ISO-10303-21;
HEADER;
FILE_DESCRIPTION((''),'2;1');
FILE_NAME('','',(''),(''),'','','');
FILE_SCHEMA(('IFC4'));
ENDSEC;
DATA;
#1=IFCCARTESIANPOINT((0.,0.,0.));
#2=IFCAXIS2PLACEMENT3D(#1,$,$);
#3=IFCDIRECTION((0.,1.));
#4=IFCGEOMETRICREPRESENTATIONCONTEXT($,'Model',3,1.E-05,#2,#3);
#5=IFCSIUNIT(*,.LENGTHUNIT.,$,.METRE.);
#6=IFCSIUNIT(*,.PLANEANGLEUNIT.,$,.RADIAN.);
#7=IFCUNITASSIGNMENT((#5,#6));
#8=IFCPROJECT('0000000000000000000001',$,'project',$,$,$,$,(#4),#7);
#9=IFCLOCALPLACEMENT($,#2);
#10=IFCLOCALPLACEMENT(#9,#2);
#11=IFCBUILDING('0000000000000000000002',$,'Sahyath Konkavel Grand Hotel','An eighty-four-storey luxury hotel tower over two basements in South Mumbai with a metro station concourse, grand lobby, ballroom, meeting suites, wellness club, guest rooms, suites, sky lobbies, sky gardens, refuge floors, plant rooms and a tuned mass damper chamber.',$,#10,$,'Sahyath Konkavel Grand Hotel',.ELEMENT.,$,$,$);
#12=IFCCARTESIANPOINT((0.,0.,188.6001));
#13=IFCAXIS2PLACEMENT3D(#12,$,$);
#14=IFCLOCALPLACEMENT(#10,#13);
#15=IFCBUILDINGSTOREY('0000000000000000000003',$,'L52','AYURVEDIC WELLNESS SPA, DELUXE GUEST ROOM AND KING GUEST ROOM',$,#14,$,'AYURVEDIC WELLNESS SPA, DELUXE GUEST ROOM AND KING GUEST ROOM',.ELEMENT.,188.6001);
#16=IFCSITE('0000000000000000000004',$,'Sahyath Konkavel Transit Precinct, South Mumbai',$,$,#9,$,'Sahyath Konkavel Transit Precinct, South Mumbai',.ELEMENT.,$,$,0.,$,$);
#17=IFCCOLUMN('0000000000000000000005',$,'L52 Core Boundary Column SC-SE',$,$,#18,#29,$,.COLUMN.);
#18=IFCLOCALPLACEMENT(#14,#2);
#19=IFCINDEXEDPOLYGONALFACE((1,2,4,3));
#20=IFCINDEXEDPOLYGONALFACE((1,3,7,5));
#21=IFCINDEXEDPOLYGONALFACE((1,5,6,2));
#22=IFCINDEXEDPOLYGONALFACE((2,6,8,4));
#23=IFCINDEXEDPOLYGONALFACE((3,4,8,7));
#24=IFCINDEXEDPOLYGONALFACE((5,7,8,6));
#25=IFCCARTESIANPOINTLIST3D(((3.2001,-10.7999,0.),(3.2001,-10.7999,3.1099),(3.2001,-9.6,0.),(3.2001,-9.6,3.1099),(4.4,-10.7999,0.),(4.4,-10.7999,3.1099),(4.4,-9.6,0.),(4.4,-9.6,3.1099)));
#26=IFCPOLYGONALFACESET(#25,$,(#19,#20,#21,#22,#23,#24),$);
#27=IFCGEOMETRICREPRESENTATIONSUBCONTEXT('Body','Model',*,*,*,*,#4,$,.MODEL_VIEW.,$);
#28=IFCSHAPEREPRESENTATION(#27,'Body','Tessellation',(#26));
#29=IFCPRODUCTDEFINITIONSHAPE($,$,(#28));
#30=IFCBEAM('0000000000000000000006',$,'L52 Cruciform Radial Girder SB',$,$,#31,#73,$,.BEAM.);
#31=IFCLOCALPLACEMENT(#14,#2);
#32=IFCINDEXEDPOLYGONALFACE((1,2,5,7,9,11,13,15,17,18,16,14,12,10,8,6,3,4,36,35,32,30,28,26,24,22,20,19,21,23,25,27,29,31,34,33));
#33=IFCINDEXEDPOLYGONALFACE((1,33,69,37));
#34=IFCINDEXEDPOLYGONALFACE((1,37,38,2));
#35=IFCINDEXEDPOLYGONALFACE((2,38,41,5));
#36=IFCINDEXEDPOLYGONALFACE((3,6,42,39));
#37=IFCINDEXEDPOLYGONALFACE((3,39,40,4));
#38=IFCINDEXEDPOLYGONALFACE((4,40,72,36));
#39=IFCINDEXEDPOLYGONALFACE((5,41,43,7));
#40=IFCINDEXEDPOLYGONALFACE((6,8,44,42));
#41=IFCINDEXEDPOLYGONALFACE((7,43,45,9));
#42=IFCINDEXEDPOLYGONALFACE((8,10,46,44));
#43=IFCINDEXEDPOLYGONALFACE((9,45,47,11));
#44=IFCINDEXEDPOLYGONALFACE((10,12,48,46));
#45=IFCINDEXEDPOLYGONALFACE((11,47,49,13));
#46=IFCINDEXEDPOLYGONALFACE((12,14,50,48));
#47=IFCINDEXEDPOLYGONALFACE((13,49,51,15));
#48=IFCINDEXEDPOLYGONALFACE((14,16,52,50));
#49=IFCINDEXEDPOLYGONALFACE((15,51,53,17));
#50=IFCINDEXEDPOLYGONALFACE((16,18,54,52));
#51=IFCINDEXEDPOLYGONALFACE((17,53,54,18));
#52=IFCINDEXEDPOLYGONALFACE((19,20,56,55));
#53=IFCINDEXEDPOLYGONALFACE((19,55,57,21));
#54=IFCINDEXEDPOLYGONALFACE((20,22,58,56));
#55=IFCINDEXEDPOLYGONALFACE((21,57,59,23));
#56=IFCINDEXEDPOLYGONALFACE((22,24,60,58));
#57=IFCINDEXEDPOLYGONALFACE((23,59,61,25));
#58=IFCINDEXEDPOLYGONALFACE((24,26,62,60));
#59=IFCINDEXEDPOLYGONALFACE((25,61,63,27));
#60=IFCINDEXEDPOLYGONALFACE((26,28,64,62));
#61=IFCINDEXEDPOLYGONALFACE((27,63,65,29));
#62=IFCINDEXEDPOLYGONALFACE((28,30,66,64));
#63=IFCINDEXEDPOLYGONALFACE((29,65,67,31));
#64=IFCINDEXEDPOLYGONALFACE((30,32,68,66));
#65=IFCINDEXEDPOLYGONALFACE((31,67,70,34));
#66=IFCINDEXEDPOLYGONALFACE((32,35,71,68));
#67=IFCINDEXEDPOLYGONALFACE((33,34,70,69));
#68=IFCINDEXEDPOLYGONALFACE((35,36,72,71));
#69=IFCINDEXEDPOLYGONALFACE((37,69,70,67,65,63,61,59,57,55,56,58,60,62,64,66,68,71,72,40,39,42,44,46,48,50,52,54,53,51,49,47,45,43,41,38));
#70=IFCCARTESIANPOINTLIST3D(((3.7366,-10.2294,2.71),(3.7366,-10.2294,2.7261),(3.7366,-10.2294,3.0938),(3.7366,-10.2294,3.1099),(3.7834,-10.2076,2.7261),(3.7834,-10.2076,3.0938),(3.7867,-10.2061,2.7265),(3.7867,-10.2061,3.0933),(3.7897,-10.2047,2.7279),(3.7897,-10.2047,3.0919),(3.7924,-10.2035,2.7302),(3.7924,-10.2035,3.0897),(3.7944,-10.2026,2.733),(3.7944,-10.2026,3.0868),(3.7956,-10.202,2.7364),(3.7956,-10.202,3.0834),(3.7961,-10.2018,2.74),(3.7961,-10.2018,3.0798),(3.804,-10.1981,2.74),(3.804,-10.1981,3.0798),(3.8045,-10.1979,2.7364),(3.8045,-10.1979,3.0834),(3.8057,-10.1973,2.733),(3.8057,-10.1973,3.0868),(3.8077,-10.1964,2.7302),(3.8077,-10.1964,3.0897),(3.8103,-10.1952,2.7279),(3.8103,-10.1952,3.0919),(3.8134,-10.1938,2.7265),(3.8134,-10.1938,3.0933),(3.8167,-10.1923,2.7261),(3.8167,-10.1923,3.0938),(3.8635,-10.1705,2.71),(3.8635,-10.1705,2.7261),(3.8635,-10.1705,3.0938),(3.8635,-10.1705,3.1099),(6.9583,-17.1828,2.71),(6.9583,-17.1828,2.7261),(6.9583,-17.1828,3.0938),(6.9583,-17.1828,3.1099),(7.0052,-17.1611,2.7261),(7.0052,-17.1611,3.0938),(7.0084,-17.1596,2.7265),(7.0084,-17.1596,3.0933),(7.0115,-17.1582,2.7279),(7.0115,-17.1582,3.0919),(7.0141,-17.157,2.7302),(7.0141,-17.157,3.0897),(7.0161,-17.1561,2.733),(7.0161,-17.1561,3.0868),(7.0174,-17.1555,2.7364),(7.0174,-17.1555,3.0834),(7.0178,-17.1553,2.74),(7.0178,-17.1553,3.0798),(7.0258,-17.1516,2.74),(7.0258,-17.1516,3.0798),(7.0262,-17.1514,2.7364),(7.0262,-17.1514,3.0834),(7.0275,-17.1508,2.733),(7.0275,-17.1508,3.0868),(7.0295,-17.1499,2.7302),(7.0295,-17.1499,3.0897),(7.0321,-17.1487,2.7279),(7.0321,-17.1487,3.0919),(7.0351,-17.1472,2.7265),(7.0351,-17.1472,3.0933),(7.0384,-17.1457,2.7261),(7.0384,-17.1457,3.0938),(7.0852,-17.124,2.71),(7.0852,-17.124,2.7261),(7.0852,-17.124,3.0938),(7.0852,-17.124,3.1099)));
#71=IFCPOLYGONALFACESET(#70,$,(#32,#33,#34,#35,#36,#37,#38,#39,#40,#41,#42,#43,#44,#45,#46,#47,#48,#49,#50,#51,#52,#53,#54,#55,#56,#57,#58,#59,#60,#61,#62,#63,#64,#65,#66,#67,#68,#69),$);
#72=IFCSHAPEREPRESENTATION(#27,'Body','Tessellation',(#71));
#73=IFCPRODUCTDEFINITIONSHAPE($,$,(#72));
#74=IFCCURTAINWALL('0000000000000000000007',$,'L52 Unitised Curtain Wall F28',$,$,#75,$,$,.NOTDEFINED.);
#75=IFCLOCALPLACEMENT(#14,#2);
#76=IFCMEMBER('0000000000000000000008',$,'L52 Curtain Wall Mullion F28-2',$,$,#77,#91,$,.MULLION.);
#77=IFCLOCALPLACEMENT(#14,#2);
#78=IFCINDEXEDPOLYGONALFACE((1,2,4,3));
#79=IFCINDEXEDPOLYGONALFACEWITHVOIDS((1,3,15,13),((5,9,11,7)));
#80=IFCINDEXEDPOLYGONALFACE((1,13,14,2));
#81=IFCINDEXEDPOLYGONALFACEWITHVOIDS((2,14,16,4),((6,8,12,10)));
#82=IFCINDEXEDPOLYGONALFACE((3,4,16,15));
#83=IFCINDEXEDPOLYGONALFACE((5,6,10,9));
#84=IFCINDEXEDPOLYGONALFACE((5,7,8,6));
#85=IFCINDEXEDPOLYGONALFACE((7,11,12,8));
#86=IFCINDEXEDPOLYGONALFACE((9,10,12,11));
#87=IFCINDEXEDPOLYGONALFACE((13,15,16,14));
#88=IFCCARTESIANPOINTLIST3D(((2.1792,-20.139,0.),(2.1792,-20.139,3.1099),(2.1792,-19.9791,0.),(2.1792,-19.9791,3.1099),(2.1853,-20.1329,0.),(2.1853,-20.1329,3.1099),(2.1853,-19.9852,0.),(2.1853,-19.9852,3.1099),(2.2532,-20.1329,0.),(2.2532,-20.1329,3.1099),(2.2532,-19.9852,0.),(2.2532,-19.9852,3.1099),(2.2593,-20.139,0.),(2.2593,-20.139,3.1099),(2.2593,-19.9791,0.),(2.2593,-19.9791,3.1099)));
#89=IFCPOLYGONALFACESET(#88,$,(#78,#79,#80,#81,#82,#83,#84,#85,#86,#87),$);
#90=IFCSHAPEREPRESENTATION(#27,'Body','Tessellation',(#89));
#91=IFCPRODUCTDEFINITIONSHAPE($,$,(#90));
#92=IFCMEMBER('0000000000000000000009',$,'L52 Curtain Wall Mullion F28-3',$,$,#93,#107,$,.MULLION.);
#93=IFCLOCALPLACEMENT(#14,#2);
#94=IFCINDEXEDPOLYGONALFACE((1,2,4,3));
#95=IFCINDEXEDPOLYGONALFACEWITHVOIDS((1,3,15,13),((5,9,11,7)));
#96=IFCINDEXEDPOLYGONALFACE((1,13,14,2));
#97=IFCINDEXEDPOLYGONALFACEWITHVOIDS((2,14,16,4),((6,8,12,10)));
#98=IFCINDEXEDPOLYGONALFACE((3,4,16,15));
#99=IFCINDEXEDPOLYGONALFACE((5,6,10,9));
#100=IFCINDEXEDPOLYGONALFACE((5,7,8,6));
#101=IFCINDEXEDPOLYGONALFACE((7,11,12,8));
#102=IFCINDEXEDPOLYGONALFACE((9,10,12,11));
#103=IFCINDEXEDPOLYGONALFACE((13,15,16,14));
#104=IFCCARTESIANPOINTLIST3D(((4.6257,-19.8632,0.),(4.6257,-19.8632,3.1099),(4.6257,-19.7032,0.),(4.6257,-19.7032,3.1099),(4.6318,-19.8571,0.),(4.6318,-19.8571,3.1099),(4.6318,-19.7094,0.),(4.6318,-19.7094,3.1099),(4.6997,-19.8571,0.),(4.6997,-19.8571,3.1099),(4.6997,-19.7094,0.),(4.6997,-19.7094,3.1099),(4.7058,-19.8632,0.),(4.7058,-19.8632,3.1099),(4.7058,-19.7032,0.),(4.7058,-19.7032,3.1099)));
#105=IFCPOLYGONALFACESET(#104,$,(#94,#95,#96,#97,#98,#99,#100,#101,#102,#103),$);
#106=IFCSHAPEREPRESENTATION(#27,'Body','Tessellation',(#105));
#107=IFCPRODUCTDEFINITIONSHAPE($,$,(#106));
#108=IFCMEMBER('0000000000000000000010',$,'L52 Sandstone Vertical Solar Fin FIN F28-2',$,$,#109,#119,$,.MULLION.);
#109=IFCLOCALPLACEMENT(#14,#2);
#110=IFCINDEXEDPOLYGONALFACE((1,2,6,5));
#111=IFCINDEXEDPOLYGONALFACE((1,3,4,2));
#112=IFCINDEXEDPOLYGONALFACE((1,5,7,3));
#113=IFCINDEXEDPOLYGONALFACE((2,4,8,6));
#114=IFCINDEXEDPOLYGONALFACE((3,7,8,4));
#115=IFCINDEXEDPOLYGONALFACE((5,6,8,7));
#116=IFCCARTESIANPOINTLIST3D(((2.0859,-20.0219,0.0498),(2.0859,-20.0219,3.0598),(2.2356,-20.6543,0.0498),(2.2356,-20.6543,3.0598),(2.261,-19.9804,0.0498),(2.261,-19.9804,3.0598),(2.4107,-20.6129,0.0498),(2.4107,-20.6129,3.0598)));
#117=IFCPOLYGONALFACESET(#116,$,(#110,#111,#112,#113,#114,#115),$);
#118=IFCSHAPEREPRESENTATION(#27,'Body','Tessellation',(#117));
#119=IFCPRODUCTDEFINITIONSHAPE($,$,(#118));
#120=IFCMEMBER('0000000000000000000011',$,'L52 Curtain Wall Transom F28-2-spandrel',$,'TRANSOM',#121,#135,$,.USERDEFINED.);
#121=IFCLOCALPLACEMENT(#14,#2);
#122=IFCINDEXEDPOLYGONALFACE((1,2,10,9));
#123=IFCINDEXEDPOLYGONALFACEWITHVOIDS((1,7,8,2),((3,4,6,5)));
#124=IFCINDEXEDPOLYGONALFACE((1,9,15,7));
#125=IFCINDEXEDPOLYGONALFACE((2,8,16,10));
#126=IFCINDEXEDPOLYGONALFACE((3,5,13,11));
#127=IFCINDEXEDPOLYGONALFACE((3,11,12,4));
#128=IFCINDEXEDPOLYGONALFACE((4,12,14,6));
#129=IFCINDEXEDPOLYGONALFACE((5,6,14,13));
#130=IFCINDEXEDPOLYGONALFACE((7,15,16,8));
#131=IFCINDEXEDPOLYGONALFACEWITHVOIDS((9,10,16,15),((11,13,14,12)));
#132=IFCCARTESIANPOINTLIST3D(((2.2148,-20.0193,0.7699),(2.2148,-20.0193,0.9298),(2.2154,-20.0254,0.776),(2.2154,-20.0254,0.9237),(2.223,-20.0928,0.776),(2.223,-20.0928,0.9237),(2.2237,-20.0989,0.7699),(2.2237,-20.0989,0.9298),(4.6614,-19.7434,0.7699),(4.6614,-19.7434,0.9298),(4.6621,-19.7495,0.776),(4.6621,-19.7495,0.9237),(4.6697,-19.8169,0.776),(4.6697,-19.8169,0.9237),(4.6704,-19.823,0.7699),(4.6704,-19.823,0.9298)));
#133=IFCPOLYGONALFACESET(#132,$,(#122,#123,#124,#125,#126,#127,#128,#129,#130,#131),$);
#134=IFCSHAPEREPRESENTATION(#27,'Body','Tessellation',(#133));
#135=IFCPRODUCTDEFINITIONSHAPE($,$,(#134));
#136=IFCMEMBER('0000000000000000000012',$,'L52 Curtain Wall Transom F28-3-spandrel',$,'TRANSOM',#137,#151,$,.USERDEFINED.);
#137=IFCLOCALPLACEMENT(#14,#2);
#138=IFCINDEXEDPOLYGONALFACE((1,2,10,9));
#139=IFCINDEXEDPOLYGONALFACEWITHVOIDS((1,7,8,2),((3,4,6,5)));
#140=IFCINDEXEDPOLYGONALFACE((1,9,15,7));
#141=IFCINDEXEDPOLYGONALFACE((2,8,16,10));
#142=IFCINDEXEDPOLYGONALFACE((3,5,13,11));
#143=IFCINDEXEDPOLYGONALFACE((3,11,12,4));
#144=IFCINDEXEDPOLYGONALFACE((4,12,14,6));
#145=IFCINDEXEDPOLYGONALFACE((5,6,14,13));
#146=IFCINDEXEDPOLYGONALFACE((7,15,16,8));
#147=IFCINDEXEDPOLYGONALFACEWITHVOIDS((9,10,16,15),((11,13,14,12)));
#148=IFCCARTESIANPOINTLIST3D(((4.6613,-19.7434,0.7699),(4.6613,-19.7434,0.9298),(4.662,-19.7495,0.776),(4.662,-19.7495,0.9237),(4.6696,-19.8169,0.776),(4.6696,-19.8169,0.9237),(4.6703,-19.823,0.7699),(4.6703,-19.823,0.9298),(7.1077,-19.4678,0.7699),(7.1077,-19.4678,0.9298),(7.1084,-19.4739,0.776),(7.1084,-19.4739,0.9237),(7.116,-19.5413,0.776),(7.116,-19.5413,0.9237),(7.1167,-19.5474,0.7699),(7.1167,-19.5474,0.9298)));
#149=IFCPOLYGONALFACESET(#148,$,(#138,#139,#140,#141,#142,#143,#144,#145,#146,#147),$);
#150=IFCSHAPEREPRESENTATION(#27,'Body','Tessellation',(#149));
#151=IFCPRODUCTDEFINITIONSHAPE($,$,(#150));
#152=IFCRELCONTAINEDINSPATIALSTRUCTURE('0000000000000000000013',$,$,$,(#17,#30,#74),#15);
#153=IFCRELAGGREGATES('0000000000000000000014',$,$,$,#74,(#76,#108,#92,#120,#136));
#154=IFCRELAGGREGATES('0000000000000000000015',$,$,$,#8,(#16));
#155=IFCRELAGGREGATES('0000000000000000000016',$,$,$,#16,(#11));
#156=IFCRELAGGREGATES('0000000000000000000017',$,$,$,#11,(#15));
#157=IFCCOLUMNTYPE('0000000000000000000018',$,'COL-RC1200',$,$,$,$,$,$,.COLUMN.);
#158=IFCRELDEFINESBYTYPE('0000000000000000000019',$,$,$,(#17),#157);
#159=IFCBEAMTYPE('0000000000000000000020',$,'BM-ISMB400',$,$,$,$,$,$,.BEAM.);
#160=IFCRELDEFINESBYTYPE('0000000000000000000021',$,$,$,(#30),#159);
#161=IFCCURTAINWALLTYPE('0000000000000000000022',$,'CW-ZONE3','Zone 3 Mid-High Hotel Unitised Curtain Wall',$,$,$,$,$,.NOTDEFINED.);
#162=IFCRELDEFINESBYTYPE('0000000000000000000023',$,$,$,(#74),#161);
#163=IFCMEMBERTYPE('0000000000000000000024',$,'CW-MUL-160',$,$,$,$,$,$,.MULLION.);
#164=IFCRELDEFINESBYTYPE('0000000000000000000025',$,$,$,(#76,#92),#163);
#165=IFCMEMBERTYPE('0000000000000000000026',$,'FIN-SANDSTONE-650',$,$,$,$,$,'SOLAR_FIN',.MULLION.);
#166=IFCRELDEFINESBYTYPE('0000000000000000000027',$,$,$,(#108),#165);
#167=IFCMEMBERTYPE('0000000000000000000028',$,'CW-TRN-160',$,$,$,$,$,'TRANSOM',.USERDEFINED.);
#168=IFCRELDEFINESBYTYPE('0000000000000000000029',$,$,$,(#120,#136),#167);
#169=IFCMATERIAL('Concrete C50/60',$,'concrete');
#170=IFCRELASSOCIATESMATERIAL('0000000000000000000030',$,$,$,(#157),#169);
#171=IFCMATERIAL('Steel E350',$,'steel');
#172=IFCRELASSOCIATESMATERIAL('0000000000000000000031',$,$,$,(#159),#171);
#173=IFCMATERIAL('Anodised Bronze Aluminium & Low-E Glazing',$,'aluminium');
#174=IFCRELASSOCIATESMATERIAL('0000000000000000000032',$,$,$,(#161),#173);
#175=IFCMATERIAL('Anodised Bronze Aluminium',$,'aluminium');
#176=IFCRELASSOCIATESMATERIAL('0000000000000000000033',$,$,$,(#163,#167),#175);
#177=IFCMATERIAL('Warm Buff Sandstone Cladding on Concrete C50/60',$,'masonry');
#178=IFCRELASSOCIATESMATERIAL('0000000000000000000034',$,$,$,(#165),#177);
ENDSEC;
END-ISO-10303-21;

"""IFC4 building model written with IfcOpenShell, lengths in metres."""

from ifc_helpers import new_model, si_unit, direction, frame, origin, origin_2d, place, context, subcontext, project, spatial, rectangle, hollow_rectangle, i_section, extrude, source, transform, mapped, material, material_profile, profile_set, type_object, element, aggregate, save


model = new_model("IFC4")

# Units and contexts
model_context = context("Model", 3, precision=1e-05, world=origin(), true_north=direction((0.0, 1.0)))
body_context = subcontext(model_context, "Body", "Model", "MODEL_VIEW")
ifc_project = project(units=[si_unit("LENGTHUNIT", "METRE"), si_unit("PLANEANGLEUNIT", "RADIAN")], contexts=[model_context])

# Site, building, storey
site_placement = place(None, origin())
site = spatial("IfcSite", under=ifc_project, at=site_placement, Name="Sahyath Konkavel Transit Precinct, South Mumbai", LongName="Sahyath Konkavel Transit Precinct, South Mumbai", CompositionType="ELEMENT", RefElevation=0.0)
building_placement = place(site_placement, origin())
building = spatial("IfcBuilding", under=site, at=building_placement, Name="Sahyath Konkavel Grand Hotel", Description="An eighty-four-storey luxury hotel tower over two basements in South Mumbai with a metro station concourse, grand lobby, ballroom, meeting suites, wellness club, guest rooms, suites, sky lobbies, sky gardens, refuge floors, plant rooms and a tuned mass damper chamber.", LongName="Sahyath Konkavel Grand Hotel", CompositionType="ELEMENT")
storey_placement = place(building_placement, frame((0.0, 0.0, 188.6001)))
storey = spatial("IfcBuildingStorey", under=building, at=storey_placement, Name="L52", Description="AYURVEDIC WELLNESS SPA, DELUXE GUEST ROOM AND KING GUEST ROOM", LongName="AYURVEDIC WELLNESS SPA, DELUXE GUEST ROOM AND KING GUEST ROOM", CompositionType="ELEMENT", Elevation=188.6001)

# Column
ifc_material_1 = material(Name="Concrete C50/60", Category="concrete")
ifc_material_profile_1 = material_profile(ifc_material_1, rectangle(XDim=1.2, YDim=1.2, at=origin_2d()), Name="RC 1200x1200")
ifc_profile_set_1 = profile_set([ifc_material_profile_1], Name="Concrete C50/60")
column_type = type_object("IfcColumnType", Name="COL-RC1200", PredefinedType="COLUMN", material=ifc_profile_set_1)
shared_shape_1 = source(origin(), body_context, "Body", "SweptSolid", [
    extrude(rectangle(XDim=1.2, YDim=1.2, at=origin_2d()), origin(), (0.0, 0.0, 1.0), 3.1099),
])
column_placement = place(storey_placement, frame((3.8, -10.2, 0.0), z_axis=(0.0, 0.0, 1.0), x_axis=(1.0, 0.0, 0.0)))
element("IfcColumn", 1, at=column_placement, inside=storey, type_object=column_type, Name="L52 Core Boundary Column SC-SE", PredefinedType="COLUMN", context=body_context, shape_type="MappedRepresentation", body=[
    mapped(shared_shape_1, transform((0.0, 0.0, 0.0), scale=1.0)),
])

# Beam
ifc_material_2 = material(Name="Steel E350", Category="steel")
ifc_material_profile_2 = material_profile(ifc_material_2, i_section(OverallWidth=0.1399, OverallDepth=0.3999, WebThickness=0.0088, FlangeThickness=0.0161, FilletRadius=0.0139, at=origin_2d()), Name="ISMB 400")
ifc_profile_set_2 = profile_set([ifc_material_profile_2], Name="Steel E350")
beam_type_1 = type_object("IfcBeamType", Name="BM-ISMB400", PredefinedType="BEAM", material=ifc_profile_set_2)
shared_shape_2 = source(origin(), body_context, "Body", "SweptSolid", [
    extrude(i_section(OverallWidth=0.1399, OverallDepth=0.3999, WebThickness=0.0088, FlangeThickness=0.0161, FilletRadius=0.0139, at=origin_2d()), origin(), (0.0, 0.0, 1.0), 7.6636),
])
beam_1_placement = place(storey_placement, frame((3.8, -10.2, 2.9099), z_axis=(0.420395, -0.907341, 0.0), x_axis=(0.907341, 0.420395, 0.0)))
element("IfcBeam", 2, at=beam_1_placement, inside=storey, type_object=beam_type_1, Name="L52 Cruciform Radial Girder SB", PredefinedType="BEAM", context=body_context, shape_type="MappedRepresentation", body=[
    mapped(shared_shape_2, transform((0.0, 0.0, 0.0), scale=1.0)),
])

# Curtain wall, members
ifc_material_3 = material(Name="Anodised Bronze Aluminium & Low-E Glazing", Category="aluminium")
curtain_wall_type = type_object("IfcCurtainWallType", Name="CW-ZONE3", Description="Zone 3 Mid-High Hotel Unitised Curtain Wall", PredefinedType="NOTDEFINED", material=ifc_material_3)
curtain_wall_placement = place(storey_placement, origin())
curtain_wall = element("IfcCurtainWall", 3, at=curtain_wall_placement, inside=storey, type_object=curtain_wall_type, Name="L52 Unitised Curtain Wall F28", PredefinedType="NOTDEFINED")
ifc_material_4 = material(Name="Anodised Bronze Aluminium", Category="aluminium")
ifc_material_profile_3 = material_profile(ifc_material_4, hollow_rectangle(XDim=0.0801, YDim=0.1599, WallThickness=0.0061, at=origin_2d()), Name="RHS 160x80x6")
ifc_profile_set_3 = profile_set([ifc_material_profile_3], Name="Anodised Bronze Aluminium")
member_type_1 = type_object("IfcMemberType", Name="CW-MUL-160", PredefinedType="MULLION", material=ifc_profile_set_3)
shared_shape_3 = source(origin(), body_context, "Body", "SweptSolid", [
    extrude(hollow_rectangle(XDim=0.0801, YDim=0.1599, WallThickness=0.0061, at=origin_2d()), origin(), (0.0, 0.0, 1.0), 3.1099),
])
member_1_placement = place(storey_placement, frame((2.2192, -20.0591, 0.0), z_axis=(0.0, 0.0, 1.0), x_axis=(1.0, 0.0, 0.0)))
member_1 = element("IfcMember", 4, at=member_1_placement, type_object=member_type_1, Name="L52 Curtain Wall Mullion F28-2", PredefinedType="MULLION", context=body_context, shape_type="MappedRepresentation", body=[
    mapped(shared_shape_3, transform((0.0, 0.0, 0.0), scale=1.0)),
])
member_2_placement = place(storey_placement, frame((4.6658, -19.7832, 0.0), z_axis=(0.0, 0.0, 1.0), x_axis=(1.0, 0.0, 0.0)))
member_2 = element("IfcMember", 5, at=member_2_placement, type_object=member_type_1, Name="L52 Curtain Wall Mullion F28-3", PredefinedType="MULLION", context=body_context, shape_type="MappedRepresentation", body=[
    mapped(shared_shape_3, transform((0.0, 0.0, 0.0), scale=1.0)),
])
ifc_material_5 = material(Name="Warm Buff Sandstone Cladding on Concrete C50/60", Category="masonry")
ifc_material_profile_4 = material_profile(ifc_material_5, rectangle(XDim=0.1799, YDim=0.6499, at=origin_2d()), Name="FIN 180x650")
ifc_profile_set_4 = profile_set([ifc_material_profile_4], Name="Warm Buff Sandstone Cladding on Concrete C50/60")
member_type_2 = type_object("IfcMemberType", Name="FIN-SANDSTONE-650", ElementType="SOLAR_FIN", PredefinedType="MULLION", material=ifc_profile_set_4)
shared_shape_4 = source(origin(), body_context, "Body", "SweptSolid", [
    extrude(rectangle(XDim=0.1799, YDim=0.6499, at=origin_2d()), origin(), (0.0, 0.0, 1.0), 3.01),
])
member_3_placement = place(storey_placement, frame((2.2483, -20.3174, 0.0498), z_axis=(0.0, 0.0, 1.0), x_axis=(0.973139, 0.23022, 0.0)))
member_3 = element("IfcMember", 6, at=member_3_placement, type_object=member_type_2, Name="L52 Sandstone Vertical Solar Fin FIN F28-2", PredefinedType="MULLION", context=body_context, shape_type="MappedRepresentation", body=[
    mapped(shared_shape_4, transform((0.0, 0.0, 0.0), scale=1.0)),
])
ifc_material_profile_5 = material_profile(ifc_material_4, hollow_rectangle(XDim=0.0801, YDim=0.1599, WallThickness=0.0061, at=origin_2d()), Name="RHS 160x80x6")
ifc_profile_set_5 = profile_set([ifc_material_profile_5], Name="Anodised Bronze Aluminium")
member_type_3 = type_object("IfcMemberType", Name="CW-TRN-160", ElementType="TRANSOM", PredefinedType="USERDEFINED", material=ifc_profile_set_5)
shared_shape_5 = source(origin(), body_context, "Body", "SweptSolid", [
    extrude(hollow_rectangle(XDim=0.0801, YDim=0.1599, WallThickness=0.0061, at=origin_2d()), origin(), (0.0, 0.0, 1.0), 2.4622),
])
member_4_placement = place(storey_placement, frame((2.2192, -20.0591, 0.8499), z_axis=(0.993702, 0.112053, 0.0), x_axis=(-0.112053, 0.993702, 0.0)))
member_4 = element("IfcMember", 7, at=member_4_placement, type_object=member_type_3, Name="L52 Curtain Wall Transom F28-2-spandrel", ObjectType="TRANSOM", PredefinedType="USERDEFINED", context=body_context, shape_type="MappedRepresentation", body=[
    mapped(shared_shape_5, transform((0.0, 0.0, 0.0), scale=1.0)),
])
shared_shape_6 = source(origin(), body_context, "Body", "SweptSolid", [
    extrude(hollow_rectangle(XDim=0.0801, YDim=0.1599, WallThickness=0.0061, at=origin_2d()), origin(), (0.0, 0.0, 1.0), 2.4619),
])
member_5_placement = place(storey_placement, frame((4.6658, -19.7832, 0.8499), z_axis=(0.993713, 0.111955, 0.0), x_axis=(-0.111955, 0.993713, 0.0)))
member_5 = element("IfcMember", 8, at=member_5_placement, type_object=member_type_3, Name="L52 Curtain Wall Transom F28-3-spandrel", ObjectType="TRANSOM", PredefinedType="USERDEFINED", context=body_context, shape_type="MappedRepresentation", body=[
    mapped(shared_shape_6, transform((0.0, 0.0, 0.0), scale=1.0)),
])

aggregate(curtain_wall, [member_1, member_3, member_2, member_4, member_5])

save(model, "model.ifc")
